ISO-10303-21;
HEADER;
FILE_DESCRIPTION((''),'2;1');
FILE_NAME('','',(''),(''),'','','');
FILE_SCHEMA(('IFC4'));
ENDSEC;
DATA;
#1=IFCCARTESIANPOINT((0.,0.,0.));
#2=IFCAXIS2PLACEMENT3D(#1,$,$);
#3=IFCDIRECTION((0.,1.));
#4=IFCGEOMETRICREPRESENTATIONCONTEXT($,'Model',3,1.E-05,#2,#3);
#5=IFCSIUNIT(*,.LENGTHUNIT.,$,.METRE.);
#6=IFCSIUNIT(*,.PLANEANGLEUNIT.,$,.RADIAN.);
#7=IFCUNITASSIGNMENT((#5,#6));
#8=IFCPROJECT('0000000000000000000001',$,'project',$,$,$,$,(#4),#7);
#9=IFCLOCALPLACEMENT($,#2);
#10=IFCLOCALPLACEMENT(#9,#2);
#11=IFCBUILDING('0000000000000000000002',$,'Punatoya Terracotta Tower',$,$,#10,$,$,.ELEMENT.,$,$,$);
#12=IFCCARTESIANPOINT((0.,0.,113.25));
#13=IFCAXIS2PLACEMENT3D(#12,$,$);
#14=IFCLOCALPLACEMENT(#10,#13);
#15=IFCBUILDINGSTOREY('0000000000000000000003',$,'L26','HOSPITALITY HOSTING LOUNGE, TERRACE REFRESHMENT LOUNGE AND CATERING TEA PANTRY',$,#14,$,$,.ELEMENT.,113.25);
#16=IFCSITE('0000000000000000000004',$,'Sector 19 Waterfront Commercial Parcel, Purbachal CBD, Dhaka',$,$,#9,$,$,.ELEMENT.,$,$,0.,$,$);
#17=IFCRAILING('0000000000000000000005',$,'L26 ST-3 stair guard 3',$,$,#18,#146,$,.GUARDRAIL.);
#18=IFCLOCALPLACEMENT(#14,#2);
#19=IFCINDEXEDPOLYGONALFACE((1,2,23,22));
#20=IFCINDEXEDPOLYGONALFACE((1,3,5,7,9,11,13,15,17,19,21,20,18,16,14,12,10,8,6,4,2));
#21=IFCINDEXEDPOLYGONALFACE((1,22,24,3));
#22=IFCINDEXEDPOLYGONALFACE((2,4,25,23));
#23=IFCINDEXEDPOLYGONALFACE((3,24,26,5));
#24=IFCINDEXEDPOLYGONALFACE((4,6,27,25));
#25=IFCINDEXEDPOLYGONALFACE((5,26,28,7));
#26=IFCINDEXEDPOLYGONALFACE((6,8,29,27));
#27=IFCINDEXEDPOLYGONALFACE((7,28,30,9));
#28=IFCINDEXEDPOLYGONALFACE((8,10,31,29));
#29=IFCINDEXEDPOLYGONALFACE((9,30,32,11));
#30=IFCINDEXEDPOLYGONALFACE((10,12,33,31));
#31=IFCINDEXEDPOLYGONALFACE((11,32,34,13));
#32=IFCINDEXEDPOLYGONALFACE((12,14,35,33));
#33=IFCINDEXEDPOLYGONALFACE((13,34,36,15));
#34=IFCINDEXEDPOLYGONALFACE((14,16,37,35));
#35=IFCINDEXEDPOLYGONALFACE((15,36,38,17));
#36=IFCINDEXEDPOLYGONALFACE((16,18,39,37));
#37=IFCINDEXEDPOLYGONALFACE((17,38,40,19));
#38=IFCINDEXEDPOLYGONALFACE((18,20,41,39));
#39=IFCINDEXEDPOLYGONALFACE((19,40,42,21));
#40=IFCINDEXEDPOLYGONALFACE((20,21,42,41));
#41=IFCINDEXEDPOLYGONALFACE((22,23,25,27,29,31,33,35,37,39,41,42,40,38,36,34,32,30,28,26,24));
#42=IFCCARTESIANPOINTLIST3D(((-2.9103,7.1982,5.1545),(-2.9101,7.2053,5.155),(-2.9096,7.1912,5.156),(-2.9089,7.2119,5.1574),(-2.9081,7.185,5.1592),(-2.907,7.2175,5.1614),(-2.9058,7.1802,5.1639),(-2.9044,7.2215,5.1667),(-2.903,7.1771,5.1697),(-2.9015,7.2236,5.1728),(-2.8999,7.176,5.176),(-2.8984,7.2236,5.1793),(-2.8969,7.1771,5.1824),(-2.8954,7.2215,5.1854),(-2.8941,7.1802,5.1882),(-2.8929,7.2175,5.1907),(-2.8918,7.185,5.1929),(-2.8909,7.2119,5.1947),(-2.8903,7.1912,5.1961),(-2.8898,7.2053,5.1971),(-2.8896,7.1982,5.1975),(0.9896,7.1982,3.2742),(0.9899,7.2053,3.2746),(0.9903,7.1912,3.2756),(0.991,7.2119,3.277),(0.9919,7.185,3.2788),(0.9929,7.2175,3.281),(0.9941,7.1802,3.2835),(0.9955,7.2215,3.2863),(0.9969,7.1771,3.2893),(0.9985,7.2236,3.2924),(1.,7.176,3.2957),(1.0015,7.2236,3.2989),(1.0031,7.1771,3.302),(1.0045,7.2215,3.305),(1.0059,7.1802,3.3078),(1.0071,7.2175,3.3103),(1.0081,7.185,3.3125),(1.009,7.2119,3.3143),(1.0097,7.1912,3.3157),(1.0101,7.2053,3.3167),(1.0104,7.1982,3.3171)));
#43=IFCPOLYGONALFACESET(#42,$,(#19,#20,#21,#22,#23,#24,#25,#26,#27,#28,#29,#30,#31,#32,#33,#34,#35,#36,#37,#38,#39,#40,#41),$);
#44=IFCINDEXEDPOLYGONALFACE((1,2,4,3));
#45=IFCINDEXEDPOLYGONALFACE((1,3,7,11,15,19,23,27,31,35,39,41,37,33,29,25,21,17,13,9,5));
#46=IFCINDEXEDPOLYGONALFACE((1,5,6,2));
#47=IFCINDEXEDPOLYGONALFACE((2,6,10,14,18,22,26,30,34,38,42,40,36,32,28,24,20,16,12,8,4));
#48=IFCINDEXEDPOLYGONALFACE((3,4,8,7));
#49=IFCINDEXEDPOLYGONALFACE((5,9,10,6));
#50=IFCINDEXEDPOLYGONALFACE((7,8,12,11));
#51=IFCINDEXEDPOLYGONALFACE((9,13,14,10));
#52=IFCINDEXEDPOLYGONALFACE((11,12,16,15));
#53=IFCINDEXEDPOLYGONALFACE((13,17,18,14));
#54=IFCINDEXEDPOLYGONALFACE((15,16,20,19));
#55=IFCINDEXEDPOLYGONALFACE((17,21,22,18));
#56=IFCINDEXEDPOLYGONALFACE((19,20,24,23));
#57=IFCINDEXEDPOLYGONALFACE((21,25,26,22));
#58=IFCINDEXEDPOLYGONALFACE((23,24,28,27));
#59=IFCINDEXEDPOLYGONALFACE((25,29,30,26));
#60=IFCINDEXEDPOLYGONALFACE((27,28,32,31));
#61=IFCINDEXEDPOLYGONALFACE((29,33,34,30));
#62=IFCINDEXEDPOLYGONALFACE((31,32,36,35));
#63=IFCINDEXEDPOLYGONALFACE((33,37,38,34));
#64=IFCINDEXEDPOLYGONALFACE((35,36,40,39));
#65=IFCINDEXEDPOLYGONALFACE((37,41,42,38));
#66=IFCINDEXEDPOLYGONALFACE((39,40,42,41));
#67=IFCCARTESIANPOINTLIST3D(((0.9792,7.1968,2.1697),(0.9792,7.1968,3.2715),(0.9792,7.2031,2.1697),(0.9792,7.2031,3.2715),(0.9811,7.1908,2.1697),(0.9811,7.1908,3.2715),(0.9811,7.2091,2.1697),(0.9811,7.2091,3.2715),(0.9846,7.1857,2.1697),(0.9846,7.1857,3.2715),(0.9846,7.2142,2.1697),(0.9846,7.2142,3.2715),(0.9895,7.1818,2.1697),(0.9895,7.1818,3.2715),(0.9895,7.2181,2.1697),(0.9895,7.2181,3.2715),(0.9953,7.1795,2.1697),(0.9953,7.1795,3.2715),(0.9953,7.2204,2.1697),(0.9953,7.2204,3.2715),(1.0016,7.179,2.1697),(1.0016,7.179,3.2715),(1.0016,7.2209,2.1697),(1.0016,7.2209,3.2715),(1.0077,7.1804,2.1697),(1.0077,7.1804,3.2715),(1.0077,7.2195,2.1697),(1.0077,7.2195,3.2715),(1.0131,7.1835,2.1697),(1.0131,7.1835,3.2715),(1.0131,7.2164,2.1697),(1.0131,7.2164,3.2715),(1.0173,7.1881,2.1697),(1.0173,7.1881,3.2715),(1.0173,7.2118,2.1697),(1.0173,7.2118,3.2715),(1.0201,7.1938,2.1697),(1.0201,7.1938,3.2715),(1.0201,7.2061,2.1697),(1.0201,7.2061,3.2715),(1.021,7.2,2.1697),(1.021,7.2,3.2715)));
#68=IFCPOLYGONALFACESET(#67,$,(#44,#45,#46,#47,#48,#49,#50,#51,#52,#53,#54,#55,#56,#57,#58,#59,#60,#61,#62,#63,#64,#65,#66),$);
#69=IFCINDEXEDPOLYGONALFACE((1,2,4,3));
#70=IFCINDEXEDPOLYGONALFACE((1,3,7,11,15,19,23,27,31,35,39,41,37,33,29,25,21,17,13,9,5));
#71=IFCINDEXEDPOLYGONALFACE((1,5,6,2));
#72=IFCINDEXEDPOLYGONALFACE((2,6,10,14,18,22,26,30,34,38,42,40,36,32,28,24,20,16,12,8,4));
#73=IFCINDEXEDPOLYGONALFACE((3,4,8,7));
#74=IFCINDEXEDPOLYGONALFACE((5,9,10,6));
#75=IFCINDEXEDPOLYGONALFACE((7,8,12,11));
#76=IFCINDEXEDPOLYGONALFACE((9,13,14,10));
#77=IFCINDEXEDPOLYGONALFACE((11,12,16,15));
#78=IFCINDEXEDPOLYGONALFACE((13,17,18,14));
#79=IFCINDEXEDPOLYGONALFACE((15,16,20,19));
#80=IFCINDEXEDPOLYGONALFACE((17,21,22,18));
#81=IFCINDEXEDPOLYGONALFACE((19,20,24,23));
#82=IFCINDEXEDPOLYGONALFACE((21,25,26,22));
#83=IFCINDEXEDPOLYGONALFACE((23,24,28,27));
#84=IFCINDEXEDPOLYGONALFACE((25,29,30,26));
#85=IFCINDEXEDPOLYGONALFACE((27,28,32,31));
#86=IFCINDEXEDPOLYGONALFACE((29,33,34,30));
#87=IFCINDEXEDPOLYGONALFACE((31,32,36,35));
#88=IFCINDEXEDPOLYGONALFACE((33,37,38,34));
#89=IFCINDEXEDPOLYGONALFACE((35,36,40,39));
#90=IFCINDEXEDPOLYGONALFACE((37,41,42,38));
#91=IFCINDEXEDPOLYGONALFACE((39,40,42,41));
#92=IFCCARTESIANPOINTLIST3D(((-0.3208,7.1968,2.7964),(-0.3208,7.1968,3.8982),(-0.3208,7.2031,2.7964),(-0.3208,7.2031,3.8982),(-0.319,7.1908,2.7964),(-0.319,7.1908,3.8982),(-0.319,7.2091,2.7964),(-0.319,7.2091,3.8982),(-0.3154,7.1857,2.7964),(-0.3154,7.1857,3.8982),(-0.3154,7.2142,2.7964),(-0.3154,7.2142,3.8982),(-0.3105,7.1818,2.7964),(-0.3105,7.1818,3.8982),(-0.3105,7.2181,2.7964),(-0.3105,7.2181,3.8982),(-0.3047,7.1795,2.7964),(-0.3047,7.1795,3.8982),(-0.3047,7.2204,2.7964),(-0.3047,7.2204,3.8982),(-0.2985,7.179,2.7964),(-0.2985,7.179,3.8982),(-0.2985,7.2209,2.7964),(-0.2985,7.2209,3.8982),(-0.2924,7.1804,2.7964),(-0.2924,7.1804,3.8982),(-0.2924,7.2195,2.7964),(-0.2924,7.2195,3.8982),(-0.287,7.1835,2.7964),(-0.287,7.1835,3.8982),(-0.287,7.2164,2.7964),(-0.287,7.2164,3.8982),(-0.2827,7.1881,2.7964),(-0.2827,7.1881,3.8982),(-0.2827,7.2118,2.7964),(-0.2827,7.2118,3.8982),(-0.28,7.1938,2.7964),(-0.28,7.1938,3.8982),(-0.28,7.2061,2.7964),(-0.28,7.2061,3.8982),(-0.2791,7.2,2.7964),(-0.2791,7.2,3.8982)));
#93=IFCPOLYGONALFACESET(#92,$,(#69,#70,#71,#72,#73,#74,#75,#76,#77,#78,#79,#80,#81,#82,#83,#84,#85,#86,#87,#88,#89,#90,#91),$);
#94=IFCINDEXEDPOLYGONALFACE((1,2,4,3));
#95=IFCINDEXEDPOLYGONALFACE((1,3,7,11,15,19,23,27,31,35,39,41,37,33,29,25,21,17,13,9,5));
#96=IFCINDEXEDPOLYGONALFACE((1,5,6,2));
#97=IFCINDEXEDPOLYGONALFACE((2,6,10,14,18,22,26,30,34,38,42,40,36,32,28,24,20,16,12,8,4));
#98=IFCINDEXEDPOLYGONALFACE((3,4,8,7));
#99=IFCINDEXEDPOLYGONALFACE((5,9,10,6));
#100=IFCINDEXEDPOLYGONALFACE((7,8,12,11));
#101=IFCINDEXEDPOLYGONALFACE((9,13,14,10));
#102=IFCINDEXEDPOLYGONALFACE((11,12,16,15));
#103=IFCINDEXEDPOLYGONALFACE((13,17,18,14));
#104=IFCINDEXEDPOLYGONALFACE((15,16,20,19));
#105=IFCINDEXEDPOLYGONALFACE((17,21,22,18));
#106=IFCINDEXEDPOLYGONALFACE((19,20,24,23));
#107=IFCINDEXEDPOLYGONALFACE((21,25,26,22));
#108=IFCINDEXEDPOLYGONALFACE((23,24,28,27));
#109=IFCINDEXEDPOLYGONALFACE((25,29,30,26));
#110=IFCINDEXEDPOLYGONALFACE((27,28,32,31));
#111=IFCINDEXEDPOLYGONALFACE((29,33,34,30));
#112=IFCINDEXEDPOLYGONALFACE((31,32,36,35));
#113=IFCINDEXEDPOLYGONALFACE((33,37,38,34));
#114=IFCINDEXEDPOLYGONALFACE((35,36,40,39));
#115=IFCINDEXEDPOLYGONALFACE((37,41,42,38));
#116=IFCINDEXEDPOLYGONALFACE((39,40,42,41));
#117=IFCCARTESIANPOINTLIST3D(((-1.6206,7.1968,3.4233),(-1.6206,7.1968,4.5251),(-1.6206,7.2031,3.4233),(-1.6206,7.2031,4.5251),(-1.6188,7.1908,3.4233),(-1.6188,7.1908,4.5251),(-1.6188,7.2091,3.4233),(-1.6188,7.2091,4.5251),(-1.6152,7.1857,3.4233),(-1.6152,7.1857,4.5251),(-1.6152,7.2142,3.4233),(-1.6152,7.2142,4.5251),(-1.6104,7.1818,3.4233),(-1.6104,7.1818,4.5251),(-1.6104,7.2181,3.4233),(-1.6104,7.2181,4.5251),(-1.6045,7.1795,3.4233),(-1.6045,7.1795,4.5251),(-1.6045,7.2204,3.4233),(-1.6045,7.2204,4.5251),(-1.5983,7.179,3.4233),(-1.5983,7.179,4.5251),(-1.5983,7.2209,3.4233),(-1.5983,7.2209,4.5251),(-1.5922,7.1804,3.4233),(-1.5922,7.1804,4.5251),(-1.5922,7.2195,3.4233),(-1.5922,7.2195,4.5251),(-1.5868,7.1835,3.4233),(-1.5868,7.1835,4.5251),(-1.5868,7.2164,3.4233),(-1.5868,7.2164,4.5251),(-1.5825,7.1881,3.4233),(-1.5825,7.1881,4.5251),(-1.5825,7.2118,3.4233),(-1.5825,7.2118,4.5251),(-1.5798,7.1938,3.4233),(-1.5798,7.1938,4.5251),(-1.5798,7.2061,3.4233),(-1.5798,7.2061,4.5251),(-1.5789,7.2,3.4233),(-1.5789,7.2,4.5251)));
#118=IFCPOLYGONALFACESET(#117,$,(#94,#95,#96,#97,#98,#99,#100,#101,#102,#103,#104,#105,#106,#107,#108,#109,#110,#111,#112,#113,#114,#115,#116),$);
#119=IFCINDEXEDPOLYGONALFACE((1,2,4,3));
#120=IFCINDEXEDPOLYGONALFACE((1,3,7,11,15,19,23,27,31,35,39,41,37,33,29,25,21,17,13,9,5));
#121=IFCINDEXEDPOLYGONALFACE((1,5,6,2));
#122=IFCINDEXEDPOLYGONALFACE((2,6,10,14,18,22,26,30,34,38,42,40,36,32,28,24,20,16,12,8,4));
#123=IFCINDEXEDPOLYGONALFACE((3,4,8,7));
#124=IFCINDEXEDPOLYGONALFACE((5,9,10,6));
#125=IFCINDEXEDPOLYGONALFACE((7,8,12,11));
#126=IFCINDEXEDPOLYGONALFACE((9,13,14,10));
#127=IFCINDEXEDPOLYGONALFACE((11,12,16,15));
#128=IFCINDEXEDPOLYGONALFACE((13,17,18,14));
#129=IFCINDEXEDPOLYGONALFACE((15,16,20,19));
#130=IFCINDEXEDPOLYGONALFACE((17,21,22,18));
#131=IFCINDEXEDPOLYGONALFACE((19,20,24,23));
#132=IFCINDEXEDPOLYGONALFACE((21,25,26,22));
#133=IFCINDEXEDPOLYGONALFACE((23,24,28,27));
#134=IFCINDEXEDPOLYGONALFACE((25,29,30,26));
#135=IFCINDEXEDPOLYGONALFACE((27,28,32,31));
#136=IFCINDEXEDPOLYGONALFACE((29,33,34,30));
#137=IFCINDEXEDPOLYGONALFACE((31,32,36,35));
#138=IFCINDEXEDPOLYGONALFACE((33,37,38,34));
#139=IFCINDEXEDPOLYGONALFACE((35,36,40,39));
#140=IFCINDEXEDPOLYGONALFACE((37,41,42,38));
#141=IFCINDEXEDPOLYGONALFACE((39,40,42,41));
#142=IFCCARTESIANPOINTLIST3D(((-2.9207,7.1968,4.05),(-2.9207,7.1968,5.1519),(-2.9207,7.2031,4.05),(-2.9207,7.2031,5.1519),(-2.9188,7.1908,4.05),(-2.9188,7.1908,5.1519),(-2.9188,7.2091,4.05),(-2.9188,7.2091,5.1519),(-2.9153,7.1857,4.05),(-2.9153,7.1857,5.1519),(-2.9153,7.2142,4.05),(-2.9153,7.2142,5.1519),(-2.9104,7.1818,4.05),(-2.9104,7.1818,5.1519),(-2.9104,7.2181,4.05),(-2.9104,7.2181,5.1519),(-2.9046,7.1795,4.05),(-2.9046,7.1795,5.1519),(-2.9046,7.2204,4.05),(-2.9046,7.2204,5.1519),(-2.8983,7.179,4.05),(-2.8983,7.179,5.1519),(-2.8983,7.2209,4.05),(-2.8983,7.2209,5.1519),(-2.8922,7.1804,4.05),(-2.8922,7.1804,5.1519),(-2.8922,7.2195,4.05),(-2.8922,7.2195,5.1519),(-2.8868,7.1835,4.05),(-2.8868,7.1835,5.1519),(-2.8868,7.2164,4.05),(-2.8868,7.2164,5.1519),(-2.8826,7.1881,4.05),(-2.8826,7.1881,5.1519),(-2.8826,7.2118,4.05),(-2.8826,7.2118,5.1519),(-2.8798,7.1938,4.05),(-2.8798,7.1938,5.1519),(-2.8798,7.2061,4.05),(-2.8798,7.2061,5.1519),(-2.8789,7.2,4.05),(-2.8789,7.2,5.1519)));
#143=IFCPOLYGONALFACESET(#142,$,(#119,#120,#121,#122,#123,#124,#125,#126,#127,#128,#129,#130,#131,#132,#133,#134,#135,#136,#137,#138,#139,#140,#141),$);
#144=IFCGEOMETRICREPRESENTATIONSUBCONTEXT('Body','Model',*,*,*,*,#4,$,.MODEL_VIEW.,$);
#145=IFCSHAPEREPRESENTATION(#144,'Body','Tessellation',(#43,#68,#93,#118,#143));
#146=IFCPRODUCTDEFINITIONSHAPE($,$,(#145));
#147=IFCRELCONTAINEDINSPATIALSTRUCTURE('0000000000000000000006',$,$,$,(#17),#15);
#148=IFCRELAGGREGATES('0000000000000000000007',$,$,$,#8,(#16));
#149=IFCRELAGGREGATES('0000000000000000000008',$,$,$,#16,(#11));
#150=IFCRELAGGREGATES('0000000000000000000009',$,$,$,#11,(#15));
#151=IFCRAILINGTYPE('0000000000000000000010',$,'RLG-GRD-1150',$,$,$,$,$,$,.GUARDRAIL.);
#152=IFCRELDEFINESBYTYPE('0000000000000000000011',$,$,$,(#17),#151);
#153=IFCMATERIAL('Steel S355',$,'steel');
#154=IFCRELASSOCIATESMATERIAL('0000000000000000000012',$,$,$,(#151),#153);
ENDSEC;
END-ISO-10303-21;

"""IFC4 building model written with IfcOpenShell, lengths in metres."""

from ifc_helpers import new_model, si_unit, direction, frame, origin, origin_2d, place, context, subcontext, project, spatial, circle, extrude, material, type_object, element, save


model = new_model("IFC4")

# Units and contexts
model_context = context("Model", 3, precision=1e-05, world=origin(), true_north=direction((0.0, 1.0)))
body_context = subcontext(model_context, "Body", "Model", "MODEL_VIEW")
ifc_project = project(units=[si_unit("LENGTHUNIT", "METRE"), si_unit("PLANEANGLEUNIT", "RADIAN")], contexts=[model_context])

# Site, building, storey
site_placement = place(None, origin())
site = spatial("IfcSite", under=ifc_project, at=site_placement, Name="Sector 19 Waterfront Commercial Parcel, Purbachal CBD, Dhaka", CompositionType="ELEMENT", RefElevation=0.0)
building_placement = place(site_placement, origin())
building = spatial("IfcBuilding", under=site, at=building_placement, Name="Punatoya Terracotta Tower", CompositionType="ELEMENT")
storey_placement = place(building_placement, frame((0.0, 0.0, 113.25)))
storey = spatial("IfcBuildingStorey", under=building, at=storey_placement, Name="L26", Description="HOSPITALITY HOSTING LOUNGE, TERRACE REFRESHMENT LOUNGE AND CATERING TEA PANTRY", CompositionType="ELEMENT", Elevation=113.25)

# Shared definitions
ifc_material_1 = material(Name="Steel S355", Category="steel")

# Railing
railing_type_1 = type_object("IfcRailingType", Name="RLG-GRD-1150", PredefinedType="GUARDRAIL", material=ifc_material_1)
railing_1_placement = place(storey_placement, frame((1.0, 7.2, 2.1697)))
element("IfcRailing", 1, at=railing_1_placement, inside=storey, type_object=railing_type_1, Name="L26 ST-3 stair guard 3", PredefinedType="GUARDRAIL", context=body_context, shape_type="SweptSolid", body=[
    extrude(circle(Radius=0.0239, at=origin_2d()), frame((0.0, 0.0, 1.126), z_axis=(-0.900763, 0.0, 0.434311), x_axis=(0.0, -1.0, 0.0)), (0.0, 0.0, 1.0), 4.3296),
    extrude(circle(Radius=0.021, at=origin_2d()), origin(), (0.0, 0.0, 1.0), 1.1018),
    extrude(circle(Radius=0.021, at=origin_2d()), frame((-1.3, 0.0, 0.6267)), (0.0, 0.0, 1.0), 1.1018),
    extrude(circle(Radius=0.021, at=origin_2d()), frame((-2.5999, 0.0, 1.2537)), (0.0, 0.0, 1.0), 1.1018),
    extrude(circle(Radius=0.021, at=origin_2d()), frame((-3.8999, 0.0, 1.8804)), (0.0, 0.0, 1.0), 1.1018),
])

save(model, "model.ifc")
